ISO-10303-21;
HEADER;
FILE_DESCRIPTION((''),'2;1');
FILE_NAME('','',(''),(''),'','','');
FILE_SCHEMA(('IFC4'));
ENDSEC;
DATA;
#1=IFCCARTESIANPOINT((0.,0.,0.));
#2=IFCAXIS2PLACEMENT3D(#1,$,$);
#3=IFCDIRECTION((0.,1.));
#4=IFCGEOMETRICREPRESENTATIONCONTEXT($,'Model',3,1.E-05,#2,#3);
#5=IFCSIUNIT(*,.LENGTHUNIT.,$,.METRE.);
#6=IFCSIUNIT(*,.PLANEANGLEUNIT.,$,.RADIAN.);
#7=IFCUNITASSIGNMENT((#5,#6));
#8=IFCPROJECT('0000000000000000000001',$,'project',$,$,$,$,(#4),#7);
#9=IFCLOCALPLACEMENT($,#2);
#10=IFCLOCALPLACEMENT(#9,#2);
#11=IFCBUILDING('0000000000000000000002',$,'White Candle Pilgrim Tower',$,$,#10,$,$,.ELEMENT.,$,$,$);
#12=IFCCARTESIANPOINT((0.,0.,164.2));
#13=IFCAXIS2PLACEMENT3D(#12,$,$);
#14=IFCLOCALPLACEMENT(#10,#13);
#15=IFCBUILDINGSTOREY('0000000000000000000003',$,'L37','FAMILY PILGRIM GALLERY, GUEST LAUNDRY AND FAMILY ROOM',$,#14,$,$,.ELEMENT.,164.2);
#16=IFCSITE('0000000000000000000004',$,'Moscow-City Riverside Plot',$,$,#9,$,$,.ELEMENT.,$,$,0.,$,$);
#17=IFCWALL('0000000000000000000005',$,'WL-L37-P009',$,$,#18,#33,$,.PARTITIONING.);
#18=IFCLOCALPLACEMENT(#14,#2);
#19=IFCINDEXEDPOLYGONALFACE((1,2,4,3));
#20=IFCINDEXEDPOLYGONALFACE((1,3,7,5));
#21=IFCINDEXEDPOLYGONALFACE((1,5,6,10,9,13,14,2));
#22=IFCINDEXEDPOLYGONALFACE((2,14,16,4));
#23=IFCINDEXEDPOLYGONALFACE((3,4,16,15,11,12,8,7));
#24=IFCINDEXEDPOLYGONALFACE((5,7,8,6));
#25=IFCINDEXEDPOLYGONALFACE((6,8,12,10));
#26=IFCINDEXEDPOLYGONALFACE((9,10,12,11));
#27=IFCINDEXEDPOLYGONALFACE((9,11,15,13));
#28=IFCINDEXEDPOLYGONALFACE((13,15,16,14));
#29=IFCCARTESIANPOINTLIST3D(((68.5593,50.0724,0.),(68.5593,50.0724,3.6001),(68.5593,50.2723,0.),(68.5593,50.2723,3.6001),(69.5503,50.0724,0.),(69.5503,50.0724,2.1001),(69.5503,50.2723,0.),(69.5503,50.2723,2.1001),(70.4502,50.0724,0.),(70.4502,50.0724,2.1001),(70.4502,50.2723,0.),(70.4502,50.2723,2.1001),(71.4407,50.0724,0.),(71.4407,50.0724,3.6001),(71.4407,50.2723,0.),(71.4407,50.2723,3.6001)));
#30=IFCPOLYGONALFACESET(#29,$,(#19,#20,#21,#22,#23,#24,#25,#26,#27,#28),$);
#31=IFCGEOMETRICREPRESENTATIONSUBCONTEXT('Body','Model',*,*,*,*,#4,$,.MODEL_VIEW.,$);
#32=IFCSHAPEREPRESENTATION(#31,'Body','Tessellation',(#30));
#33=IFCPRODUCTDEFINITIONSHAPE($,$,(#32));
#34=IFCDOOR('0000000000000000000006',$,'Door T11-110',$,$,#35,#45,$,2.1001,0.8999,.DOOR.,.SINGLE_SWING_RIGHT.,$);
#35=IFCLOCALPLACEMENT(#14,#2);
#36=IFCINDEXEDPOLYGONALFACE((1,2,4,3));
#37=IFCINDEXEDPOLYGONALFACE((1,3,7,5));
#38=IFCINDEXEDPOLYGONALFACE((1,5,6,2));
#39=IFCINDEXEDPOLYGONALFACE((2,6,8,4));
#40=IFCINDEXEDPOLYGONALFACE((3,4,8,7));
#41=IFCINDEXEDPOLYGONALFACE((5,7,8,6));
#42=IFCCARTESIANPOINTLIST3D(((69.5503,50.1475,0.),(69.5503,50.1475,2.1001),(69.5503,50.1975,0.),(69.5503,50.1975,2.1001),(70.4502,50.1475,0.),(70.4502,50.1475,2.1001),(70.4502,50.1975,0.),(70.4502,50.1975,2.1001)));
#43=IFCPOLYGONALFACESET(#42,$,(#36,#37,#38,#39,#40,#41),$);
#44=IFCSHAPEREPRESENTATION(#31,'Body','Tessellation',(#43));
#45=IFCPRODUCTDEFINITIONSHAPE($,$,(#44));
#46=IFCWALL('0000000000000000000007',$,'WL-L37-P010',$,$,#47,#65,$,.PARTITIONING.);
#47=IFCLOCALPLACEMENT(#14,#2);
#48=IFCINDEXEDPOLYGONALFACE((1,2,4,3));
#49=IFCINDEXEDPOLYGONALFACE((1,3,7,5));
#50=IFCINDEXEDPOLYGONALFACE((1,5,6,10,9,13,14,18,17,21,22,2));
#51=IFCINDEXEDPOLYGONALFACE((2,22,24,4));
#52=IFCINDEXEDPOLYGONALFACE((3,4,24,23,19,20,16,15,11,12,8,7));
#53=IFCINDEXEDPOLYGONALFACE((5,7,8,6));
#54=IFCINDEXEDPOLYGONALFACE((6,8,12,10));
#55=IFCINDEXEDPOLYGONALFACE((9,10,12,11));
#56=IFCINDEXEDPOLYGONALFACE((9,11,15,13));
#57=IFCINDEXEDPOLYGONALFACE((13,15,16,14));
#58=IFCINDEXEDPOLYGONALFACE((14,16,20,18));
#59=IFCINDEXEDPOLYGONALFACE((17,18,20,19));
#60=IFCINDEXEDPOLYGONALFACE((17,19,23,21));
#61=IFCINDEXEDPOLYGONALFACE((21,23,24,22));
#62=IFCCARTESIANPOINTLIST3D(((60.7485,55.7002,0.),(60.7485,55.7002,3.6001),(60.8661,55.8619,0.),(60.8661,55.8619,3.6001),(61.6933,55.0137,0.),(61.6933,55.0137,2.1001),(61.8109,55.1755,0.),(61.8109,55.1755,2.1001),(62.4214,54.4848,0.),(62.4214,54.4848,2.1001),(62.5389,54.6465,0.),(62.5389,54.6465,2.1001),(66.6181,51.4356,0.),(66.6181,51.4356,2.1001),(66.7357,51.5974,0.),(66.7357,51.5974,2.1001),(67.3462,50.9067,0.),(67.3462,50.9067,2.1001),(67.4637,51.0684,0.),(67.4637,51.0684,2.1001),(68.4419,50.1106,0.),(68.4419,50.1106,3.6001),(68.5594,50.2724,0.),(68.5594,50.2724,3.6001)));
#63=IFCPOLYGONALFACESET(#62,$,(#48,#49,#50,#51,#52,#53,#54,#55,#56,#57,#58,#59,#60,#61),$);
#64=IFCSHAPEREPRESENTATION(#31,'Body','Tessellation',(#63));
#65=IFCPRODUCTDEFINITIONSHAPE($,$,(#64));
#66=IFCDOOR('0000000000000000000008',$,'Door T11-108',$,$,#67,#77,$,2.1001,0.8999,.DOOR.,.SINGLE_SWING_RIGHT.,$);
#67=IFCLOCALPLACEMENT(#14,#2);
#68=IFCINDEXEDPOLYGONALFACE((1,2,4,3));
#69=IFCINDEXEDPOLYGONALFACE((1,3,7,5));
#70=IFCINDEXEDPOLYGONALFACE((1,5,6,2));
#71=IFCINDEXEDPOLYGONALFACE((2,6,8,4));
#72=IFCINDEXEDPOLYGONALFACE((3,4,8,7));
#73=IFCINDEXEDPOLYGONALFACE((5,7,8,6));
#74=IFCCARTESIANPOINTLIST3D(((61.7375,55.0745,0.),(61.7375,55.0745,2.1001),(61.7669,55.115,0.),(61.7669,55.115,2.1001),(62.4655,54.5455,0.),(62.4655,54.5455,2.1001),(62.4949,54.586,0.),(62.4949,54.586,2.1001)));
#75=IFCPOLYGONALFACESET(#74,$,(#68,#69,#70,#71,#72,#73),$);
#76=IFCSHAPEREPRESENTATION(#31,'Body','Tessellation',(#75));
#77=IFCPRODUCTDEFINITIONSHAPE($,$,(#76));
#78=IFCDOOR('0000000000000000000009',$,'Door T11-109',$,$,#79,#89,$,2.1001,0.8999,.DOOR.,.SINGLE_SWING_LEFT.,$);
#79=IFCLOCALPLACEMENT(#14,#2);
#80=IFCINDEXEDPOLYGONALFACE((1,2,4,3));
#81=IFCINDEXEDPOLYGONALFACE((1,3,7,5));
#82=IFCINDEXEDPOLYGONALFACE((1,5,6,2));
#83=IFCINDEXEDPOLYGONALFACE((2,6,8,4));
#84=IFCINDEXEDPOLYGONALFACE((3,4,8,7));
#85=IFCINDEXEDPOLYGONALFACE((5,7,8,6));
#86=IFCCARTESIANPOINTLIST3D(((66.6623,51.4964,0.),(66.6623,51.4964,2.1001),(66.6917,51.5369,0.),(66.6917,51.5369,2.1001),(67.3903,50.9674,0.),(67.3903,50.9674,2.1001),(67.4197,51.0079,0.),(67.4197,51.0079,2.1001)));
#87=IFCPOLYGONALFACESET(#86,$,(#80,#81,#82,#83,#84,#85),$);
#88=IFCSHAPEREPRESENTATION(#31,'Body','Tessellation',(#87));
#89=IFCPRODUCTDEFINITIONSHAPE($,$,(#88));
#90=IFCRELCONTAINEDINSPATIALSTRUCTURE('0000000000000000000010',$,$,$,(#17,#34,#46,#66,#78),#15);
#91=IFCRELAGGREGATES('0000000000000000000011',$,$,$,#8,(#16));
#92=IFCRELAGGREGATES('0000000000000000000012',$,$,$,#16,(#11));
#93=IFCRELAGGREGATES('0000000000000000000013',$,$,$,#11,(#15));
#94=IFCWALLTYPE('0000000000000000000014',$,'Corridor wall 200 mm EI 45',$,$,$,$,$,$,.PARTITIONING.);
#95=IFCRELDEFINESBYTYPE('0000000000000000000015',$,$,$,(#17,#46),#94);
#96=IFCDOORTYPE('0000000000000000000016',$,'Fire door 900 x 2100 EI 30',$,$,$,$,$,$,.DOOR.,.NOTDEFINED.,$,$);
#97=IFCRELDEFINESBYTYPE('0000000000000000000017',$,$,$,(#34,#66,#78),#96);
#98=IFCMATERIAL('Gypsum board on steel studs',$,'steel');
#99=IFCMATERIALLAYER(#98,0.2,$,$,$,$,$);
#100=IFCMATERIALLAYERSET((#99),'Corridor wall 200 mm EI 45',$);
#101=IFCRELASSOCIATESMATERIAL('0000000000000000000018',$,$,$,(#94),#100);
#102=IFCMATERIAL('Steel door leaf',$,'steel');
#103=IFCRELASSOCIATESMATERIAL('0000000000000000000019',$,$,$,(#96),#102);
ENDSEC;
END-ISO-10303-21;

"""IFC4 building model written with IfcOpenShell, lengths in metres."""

from ifc_helpers import new_model, si_unit, direction, frame, frame_2d, origin, place, context, subcontext, project, spatial, rectangle, extrude, material, layer, layer_set, type_object, element, fill, save


model = new_model("IFC4")

# Units and contexts
model_context = context("Model", 3, precision=1e-05, world=origin(), true_north=direction((0.0, 1.0)))
body_context = subcontext(model_context, "Body", "Model", "MODEL_VIEW")
ifc_project = project(units=[si_unit("LENGTHUNIT", "METRE"), si_unit("PLANEANGLEUNIT", "RADIAN")], contexts=[model_context])

# Site, building, storey
site_placement = place(None, origin())
site = spatial("IfcSite", under=ifc_project, at=site_placement, Name="Moscow-City Riverside Plot", CompositionType="ELEMENT", RefElevation=0.0)
building_placement = place(site_placement, origin())
building = spatial("IfcBuilding", under=site, at=building_placement, Name="White Candle Pilgrim Tower", CompositionType="ELEMENT")
storey_placement = place(building_placement, frame((0.0, 0.0, 164.2)))
storey = spatial("IfcBuildingStorey", under=building, at=storey_placement, Name="L37", Description="FAMILY PILGRIM GALLERY, GUEST LAUNDRY AND FAMILY ROOM", CompositionType="ELEMENT", Elevation=164.2)

# Wall, opening, door
ifc_material_1 = material(Name="Gypsum board on steel studs", Category="steel")
ifc_layer_1 = layer(ifc_material_1, 0.2)
ifc_layer_set_1 = layer_set([ifc_layer_1], Name="Corridor wall 200 mm EI 45")
wall_type_1 = type_object("IfcWallType", Name="Corridor wall 200 mm EI 45", PredefinedType="PARTITIONING", material=ifc_layer_set_1)
wall_1_placement = place(storey_placement, frame((71.4407, 50.1724, 0.0), z_axis=(0.0, 0.0, 1.0), x_axis=(-1.0, 0.0, 0.0)))
wall_1 = element("IfcWall", 1, at=wall_1_placement, inside=storey, type_object=wall_type_1, Name="WL-L37-P009", PredefinedType="PARTITIONING", context=body_context, shape_type="SweptSolid", body=[
    extrude(rectangle(XDim=2.8813, YDim=0.2, at=frame_2d((1.4407, 0.0))), origin(), (0.0, 0.0, 1.0), 3.6001),
])
opening_1_placement = place(wall_1_placement, frame((0.9905, 0.0, 0.0)))
opening_1 = element("IfcOpeningElement", 2, at=opening_1_placement, cuts=wall_1, PredefinedType="OPENING", context=body_context, shape_type="SweptSolid", body=[
    extrude(rectangle(XDim=0.8999, YDim=2.1001, at=frame_2d((0.45, 1.05))), frame((0.0, 0.1099, 0.0), z_axis=(0.0, -1.0, 0.0), x_axis=(1.0, 0.0, 0.0)), (0.0, 0.0, 1.0), 0.22),
])
ifc_material_2 = material(Name="Steel door leaf", Category="steel")
door_type_1 = type_object("IfcDoorType", Name="Fire door 900 x 2100 EI 30", OperationType="NOTDEFINED", PredefinedType="DOOR", material=ifc_material_2)
door_1_placement = place(opening_1_placement, origin())
door_1 = element("IfcDoor", 3, at=door_1_placement, inside=storey, type_object=door_type_1, Name="Door T11-110", OperationType="SINGLE_SWING_RIGHT", OverallHeight=2.1001, OverallWidth=0.8999, PredefinedType="DOOR", context=body_context, shape_type="SweptSolid", body=[
    extrude(rectangle(XDim=0.8999, YDim=2.1001, at=frame_2d((0.45, 1.05))), frame((0.0, 0.0249, 0.0), z_axis=(0.0, -1.0, 0.0), x_axis=(1.0, 0.0, 0.0)), (0.0, 0.0, 1.0), 0.05),
])
fill(opening_1, door_1)

# Wall, openings, doors
wall_2_placement = place(storey_placement, frame((68.5007, 50.1914, 0.0), z_axis=(0.0, 0.0, 1.0), x_axis=(-0.809015, 0.587788, 0.0)))
wall_2 = element("IfcWall", 4, at=wall_2_placement, inside=storey, type_object=wall_type_1, Name="WL-L37-P010", PredefinedType="PARTITIONING", context=body_context, shape_type="SweptSolid", body=[
    extrude(rectangle(XDim=9.5095, YDim=0.2, at=frame_2d((4.7549, 0.0))), origin(), (0.0, 0.0, 1.0), 3.6001),
])
opening_2_placement = place(wall_2_placement, frame((7.4419, 0.0, 0.0)))
opening_2 = element("IfcOpeningElement", 5, at=opening_2_placement, cuts=wall_2, PredefinedType="OPENING", context=body_context, shape_type="SweptSolid", body=[
    extrude(rectangle(XDim=0.8999, YDim=2.1001, at=frame_2d((0.45, 1.05))), frame((0.0, 0.1099, 0.0), z_axis=(0.0, -1.0, 0.0), x_axis=(1.0, 0.0, 0.0)), (0.0, 0.0, 1.0), 0.22),
])
opening_3_placement = place(wall_2_placement, frame((1.3545, 0.0, 0.0)))
opening_3 = element("IfcOpeningElement", 6, at=opening_3_placement, cuts=wall_2, PredefinedType="OPENING", context=body_context, shape_type="SweptSolid", body=[
    extrude(rectangle(XDim=0.8999, YDim=2.1001, at=frame_2d((0.45, 1.05))), frame((0.0, 0.1099, 0.0), z_axis=(0.0, -1.0, 0.0), x_axis=(1.0, 0.0, 0.0)), (0.0, 0.0, 1.0), 0.22),
])
door_2_placement = place(opening_2_placement, origin())
door_2 = element("IfcDoor", 7, at=door_2_placement, inside=storey, type_object=door_type_1, Name="Door T11-108", OperationType="SINGLE_SWING_RIGHT", OverallHeight=2.1001, OverallWidth=0.8999, PredefinedType="DOOR", context=body_context, shape_type="SweptSolid", body=[
    extrude(rectangle(XDim=0.8999, YDim=2.1001, at=frame_2d((0.45, 1.05))), frame((0.0, 0.0249, 0.0), z_axis=(0.0, -1.0, 0.0), x_axis=(1.0, 0.0, 0.0)), (0.0, 0.0, 1.0), 0.05),
])
fill(opening_2, door_2)
door_3_placement = place(opening_3_placement, origin())
door_3 = element("IfcDoor", 8, at=door_3_placement, inside=storey, type_object=door_type_1, Name="Door T11-109", OperationType="SINGLE_SWING_LEFT", OverallHeight=2.1001, OverallWidth=0.8999, PredefinedType="DOOR", context=body_context, shape_type="SweptSolid", body=[
    extrude(rectangle(XDim=0.8999, YDim=2.1001, at=frame_2d((0.45, 1.05))), frame((0.0, 0.0249, 0.0), z_axis=(0.0, -1.0, 0.0), x_axis=(1.0, 0.0, 0.0)), (0.0, 0.0, 1.0), 0.05),
])
fill(opening_3, door_3)

save(model, "model.ifc")
